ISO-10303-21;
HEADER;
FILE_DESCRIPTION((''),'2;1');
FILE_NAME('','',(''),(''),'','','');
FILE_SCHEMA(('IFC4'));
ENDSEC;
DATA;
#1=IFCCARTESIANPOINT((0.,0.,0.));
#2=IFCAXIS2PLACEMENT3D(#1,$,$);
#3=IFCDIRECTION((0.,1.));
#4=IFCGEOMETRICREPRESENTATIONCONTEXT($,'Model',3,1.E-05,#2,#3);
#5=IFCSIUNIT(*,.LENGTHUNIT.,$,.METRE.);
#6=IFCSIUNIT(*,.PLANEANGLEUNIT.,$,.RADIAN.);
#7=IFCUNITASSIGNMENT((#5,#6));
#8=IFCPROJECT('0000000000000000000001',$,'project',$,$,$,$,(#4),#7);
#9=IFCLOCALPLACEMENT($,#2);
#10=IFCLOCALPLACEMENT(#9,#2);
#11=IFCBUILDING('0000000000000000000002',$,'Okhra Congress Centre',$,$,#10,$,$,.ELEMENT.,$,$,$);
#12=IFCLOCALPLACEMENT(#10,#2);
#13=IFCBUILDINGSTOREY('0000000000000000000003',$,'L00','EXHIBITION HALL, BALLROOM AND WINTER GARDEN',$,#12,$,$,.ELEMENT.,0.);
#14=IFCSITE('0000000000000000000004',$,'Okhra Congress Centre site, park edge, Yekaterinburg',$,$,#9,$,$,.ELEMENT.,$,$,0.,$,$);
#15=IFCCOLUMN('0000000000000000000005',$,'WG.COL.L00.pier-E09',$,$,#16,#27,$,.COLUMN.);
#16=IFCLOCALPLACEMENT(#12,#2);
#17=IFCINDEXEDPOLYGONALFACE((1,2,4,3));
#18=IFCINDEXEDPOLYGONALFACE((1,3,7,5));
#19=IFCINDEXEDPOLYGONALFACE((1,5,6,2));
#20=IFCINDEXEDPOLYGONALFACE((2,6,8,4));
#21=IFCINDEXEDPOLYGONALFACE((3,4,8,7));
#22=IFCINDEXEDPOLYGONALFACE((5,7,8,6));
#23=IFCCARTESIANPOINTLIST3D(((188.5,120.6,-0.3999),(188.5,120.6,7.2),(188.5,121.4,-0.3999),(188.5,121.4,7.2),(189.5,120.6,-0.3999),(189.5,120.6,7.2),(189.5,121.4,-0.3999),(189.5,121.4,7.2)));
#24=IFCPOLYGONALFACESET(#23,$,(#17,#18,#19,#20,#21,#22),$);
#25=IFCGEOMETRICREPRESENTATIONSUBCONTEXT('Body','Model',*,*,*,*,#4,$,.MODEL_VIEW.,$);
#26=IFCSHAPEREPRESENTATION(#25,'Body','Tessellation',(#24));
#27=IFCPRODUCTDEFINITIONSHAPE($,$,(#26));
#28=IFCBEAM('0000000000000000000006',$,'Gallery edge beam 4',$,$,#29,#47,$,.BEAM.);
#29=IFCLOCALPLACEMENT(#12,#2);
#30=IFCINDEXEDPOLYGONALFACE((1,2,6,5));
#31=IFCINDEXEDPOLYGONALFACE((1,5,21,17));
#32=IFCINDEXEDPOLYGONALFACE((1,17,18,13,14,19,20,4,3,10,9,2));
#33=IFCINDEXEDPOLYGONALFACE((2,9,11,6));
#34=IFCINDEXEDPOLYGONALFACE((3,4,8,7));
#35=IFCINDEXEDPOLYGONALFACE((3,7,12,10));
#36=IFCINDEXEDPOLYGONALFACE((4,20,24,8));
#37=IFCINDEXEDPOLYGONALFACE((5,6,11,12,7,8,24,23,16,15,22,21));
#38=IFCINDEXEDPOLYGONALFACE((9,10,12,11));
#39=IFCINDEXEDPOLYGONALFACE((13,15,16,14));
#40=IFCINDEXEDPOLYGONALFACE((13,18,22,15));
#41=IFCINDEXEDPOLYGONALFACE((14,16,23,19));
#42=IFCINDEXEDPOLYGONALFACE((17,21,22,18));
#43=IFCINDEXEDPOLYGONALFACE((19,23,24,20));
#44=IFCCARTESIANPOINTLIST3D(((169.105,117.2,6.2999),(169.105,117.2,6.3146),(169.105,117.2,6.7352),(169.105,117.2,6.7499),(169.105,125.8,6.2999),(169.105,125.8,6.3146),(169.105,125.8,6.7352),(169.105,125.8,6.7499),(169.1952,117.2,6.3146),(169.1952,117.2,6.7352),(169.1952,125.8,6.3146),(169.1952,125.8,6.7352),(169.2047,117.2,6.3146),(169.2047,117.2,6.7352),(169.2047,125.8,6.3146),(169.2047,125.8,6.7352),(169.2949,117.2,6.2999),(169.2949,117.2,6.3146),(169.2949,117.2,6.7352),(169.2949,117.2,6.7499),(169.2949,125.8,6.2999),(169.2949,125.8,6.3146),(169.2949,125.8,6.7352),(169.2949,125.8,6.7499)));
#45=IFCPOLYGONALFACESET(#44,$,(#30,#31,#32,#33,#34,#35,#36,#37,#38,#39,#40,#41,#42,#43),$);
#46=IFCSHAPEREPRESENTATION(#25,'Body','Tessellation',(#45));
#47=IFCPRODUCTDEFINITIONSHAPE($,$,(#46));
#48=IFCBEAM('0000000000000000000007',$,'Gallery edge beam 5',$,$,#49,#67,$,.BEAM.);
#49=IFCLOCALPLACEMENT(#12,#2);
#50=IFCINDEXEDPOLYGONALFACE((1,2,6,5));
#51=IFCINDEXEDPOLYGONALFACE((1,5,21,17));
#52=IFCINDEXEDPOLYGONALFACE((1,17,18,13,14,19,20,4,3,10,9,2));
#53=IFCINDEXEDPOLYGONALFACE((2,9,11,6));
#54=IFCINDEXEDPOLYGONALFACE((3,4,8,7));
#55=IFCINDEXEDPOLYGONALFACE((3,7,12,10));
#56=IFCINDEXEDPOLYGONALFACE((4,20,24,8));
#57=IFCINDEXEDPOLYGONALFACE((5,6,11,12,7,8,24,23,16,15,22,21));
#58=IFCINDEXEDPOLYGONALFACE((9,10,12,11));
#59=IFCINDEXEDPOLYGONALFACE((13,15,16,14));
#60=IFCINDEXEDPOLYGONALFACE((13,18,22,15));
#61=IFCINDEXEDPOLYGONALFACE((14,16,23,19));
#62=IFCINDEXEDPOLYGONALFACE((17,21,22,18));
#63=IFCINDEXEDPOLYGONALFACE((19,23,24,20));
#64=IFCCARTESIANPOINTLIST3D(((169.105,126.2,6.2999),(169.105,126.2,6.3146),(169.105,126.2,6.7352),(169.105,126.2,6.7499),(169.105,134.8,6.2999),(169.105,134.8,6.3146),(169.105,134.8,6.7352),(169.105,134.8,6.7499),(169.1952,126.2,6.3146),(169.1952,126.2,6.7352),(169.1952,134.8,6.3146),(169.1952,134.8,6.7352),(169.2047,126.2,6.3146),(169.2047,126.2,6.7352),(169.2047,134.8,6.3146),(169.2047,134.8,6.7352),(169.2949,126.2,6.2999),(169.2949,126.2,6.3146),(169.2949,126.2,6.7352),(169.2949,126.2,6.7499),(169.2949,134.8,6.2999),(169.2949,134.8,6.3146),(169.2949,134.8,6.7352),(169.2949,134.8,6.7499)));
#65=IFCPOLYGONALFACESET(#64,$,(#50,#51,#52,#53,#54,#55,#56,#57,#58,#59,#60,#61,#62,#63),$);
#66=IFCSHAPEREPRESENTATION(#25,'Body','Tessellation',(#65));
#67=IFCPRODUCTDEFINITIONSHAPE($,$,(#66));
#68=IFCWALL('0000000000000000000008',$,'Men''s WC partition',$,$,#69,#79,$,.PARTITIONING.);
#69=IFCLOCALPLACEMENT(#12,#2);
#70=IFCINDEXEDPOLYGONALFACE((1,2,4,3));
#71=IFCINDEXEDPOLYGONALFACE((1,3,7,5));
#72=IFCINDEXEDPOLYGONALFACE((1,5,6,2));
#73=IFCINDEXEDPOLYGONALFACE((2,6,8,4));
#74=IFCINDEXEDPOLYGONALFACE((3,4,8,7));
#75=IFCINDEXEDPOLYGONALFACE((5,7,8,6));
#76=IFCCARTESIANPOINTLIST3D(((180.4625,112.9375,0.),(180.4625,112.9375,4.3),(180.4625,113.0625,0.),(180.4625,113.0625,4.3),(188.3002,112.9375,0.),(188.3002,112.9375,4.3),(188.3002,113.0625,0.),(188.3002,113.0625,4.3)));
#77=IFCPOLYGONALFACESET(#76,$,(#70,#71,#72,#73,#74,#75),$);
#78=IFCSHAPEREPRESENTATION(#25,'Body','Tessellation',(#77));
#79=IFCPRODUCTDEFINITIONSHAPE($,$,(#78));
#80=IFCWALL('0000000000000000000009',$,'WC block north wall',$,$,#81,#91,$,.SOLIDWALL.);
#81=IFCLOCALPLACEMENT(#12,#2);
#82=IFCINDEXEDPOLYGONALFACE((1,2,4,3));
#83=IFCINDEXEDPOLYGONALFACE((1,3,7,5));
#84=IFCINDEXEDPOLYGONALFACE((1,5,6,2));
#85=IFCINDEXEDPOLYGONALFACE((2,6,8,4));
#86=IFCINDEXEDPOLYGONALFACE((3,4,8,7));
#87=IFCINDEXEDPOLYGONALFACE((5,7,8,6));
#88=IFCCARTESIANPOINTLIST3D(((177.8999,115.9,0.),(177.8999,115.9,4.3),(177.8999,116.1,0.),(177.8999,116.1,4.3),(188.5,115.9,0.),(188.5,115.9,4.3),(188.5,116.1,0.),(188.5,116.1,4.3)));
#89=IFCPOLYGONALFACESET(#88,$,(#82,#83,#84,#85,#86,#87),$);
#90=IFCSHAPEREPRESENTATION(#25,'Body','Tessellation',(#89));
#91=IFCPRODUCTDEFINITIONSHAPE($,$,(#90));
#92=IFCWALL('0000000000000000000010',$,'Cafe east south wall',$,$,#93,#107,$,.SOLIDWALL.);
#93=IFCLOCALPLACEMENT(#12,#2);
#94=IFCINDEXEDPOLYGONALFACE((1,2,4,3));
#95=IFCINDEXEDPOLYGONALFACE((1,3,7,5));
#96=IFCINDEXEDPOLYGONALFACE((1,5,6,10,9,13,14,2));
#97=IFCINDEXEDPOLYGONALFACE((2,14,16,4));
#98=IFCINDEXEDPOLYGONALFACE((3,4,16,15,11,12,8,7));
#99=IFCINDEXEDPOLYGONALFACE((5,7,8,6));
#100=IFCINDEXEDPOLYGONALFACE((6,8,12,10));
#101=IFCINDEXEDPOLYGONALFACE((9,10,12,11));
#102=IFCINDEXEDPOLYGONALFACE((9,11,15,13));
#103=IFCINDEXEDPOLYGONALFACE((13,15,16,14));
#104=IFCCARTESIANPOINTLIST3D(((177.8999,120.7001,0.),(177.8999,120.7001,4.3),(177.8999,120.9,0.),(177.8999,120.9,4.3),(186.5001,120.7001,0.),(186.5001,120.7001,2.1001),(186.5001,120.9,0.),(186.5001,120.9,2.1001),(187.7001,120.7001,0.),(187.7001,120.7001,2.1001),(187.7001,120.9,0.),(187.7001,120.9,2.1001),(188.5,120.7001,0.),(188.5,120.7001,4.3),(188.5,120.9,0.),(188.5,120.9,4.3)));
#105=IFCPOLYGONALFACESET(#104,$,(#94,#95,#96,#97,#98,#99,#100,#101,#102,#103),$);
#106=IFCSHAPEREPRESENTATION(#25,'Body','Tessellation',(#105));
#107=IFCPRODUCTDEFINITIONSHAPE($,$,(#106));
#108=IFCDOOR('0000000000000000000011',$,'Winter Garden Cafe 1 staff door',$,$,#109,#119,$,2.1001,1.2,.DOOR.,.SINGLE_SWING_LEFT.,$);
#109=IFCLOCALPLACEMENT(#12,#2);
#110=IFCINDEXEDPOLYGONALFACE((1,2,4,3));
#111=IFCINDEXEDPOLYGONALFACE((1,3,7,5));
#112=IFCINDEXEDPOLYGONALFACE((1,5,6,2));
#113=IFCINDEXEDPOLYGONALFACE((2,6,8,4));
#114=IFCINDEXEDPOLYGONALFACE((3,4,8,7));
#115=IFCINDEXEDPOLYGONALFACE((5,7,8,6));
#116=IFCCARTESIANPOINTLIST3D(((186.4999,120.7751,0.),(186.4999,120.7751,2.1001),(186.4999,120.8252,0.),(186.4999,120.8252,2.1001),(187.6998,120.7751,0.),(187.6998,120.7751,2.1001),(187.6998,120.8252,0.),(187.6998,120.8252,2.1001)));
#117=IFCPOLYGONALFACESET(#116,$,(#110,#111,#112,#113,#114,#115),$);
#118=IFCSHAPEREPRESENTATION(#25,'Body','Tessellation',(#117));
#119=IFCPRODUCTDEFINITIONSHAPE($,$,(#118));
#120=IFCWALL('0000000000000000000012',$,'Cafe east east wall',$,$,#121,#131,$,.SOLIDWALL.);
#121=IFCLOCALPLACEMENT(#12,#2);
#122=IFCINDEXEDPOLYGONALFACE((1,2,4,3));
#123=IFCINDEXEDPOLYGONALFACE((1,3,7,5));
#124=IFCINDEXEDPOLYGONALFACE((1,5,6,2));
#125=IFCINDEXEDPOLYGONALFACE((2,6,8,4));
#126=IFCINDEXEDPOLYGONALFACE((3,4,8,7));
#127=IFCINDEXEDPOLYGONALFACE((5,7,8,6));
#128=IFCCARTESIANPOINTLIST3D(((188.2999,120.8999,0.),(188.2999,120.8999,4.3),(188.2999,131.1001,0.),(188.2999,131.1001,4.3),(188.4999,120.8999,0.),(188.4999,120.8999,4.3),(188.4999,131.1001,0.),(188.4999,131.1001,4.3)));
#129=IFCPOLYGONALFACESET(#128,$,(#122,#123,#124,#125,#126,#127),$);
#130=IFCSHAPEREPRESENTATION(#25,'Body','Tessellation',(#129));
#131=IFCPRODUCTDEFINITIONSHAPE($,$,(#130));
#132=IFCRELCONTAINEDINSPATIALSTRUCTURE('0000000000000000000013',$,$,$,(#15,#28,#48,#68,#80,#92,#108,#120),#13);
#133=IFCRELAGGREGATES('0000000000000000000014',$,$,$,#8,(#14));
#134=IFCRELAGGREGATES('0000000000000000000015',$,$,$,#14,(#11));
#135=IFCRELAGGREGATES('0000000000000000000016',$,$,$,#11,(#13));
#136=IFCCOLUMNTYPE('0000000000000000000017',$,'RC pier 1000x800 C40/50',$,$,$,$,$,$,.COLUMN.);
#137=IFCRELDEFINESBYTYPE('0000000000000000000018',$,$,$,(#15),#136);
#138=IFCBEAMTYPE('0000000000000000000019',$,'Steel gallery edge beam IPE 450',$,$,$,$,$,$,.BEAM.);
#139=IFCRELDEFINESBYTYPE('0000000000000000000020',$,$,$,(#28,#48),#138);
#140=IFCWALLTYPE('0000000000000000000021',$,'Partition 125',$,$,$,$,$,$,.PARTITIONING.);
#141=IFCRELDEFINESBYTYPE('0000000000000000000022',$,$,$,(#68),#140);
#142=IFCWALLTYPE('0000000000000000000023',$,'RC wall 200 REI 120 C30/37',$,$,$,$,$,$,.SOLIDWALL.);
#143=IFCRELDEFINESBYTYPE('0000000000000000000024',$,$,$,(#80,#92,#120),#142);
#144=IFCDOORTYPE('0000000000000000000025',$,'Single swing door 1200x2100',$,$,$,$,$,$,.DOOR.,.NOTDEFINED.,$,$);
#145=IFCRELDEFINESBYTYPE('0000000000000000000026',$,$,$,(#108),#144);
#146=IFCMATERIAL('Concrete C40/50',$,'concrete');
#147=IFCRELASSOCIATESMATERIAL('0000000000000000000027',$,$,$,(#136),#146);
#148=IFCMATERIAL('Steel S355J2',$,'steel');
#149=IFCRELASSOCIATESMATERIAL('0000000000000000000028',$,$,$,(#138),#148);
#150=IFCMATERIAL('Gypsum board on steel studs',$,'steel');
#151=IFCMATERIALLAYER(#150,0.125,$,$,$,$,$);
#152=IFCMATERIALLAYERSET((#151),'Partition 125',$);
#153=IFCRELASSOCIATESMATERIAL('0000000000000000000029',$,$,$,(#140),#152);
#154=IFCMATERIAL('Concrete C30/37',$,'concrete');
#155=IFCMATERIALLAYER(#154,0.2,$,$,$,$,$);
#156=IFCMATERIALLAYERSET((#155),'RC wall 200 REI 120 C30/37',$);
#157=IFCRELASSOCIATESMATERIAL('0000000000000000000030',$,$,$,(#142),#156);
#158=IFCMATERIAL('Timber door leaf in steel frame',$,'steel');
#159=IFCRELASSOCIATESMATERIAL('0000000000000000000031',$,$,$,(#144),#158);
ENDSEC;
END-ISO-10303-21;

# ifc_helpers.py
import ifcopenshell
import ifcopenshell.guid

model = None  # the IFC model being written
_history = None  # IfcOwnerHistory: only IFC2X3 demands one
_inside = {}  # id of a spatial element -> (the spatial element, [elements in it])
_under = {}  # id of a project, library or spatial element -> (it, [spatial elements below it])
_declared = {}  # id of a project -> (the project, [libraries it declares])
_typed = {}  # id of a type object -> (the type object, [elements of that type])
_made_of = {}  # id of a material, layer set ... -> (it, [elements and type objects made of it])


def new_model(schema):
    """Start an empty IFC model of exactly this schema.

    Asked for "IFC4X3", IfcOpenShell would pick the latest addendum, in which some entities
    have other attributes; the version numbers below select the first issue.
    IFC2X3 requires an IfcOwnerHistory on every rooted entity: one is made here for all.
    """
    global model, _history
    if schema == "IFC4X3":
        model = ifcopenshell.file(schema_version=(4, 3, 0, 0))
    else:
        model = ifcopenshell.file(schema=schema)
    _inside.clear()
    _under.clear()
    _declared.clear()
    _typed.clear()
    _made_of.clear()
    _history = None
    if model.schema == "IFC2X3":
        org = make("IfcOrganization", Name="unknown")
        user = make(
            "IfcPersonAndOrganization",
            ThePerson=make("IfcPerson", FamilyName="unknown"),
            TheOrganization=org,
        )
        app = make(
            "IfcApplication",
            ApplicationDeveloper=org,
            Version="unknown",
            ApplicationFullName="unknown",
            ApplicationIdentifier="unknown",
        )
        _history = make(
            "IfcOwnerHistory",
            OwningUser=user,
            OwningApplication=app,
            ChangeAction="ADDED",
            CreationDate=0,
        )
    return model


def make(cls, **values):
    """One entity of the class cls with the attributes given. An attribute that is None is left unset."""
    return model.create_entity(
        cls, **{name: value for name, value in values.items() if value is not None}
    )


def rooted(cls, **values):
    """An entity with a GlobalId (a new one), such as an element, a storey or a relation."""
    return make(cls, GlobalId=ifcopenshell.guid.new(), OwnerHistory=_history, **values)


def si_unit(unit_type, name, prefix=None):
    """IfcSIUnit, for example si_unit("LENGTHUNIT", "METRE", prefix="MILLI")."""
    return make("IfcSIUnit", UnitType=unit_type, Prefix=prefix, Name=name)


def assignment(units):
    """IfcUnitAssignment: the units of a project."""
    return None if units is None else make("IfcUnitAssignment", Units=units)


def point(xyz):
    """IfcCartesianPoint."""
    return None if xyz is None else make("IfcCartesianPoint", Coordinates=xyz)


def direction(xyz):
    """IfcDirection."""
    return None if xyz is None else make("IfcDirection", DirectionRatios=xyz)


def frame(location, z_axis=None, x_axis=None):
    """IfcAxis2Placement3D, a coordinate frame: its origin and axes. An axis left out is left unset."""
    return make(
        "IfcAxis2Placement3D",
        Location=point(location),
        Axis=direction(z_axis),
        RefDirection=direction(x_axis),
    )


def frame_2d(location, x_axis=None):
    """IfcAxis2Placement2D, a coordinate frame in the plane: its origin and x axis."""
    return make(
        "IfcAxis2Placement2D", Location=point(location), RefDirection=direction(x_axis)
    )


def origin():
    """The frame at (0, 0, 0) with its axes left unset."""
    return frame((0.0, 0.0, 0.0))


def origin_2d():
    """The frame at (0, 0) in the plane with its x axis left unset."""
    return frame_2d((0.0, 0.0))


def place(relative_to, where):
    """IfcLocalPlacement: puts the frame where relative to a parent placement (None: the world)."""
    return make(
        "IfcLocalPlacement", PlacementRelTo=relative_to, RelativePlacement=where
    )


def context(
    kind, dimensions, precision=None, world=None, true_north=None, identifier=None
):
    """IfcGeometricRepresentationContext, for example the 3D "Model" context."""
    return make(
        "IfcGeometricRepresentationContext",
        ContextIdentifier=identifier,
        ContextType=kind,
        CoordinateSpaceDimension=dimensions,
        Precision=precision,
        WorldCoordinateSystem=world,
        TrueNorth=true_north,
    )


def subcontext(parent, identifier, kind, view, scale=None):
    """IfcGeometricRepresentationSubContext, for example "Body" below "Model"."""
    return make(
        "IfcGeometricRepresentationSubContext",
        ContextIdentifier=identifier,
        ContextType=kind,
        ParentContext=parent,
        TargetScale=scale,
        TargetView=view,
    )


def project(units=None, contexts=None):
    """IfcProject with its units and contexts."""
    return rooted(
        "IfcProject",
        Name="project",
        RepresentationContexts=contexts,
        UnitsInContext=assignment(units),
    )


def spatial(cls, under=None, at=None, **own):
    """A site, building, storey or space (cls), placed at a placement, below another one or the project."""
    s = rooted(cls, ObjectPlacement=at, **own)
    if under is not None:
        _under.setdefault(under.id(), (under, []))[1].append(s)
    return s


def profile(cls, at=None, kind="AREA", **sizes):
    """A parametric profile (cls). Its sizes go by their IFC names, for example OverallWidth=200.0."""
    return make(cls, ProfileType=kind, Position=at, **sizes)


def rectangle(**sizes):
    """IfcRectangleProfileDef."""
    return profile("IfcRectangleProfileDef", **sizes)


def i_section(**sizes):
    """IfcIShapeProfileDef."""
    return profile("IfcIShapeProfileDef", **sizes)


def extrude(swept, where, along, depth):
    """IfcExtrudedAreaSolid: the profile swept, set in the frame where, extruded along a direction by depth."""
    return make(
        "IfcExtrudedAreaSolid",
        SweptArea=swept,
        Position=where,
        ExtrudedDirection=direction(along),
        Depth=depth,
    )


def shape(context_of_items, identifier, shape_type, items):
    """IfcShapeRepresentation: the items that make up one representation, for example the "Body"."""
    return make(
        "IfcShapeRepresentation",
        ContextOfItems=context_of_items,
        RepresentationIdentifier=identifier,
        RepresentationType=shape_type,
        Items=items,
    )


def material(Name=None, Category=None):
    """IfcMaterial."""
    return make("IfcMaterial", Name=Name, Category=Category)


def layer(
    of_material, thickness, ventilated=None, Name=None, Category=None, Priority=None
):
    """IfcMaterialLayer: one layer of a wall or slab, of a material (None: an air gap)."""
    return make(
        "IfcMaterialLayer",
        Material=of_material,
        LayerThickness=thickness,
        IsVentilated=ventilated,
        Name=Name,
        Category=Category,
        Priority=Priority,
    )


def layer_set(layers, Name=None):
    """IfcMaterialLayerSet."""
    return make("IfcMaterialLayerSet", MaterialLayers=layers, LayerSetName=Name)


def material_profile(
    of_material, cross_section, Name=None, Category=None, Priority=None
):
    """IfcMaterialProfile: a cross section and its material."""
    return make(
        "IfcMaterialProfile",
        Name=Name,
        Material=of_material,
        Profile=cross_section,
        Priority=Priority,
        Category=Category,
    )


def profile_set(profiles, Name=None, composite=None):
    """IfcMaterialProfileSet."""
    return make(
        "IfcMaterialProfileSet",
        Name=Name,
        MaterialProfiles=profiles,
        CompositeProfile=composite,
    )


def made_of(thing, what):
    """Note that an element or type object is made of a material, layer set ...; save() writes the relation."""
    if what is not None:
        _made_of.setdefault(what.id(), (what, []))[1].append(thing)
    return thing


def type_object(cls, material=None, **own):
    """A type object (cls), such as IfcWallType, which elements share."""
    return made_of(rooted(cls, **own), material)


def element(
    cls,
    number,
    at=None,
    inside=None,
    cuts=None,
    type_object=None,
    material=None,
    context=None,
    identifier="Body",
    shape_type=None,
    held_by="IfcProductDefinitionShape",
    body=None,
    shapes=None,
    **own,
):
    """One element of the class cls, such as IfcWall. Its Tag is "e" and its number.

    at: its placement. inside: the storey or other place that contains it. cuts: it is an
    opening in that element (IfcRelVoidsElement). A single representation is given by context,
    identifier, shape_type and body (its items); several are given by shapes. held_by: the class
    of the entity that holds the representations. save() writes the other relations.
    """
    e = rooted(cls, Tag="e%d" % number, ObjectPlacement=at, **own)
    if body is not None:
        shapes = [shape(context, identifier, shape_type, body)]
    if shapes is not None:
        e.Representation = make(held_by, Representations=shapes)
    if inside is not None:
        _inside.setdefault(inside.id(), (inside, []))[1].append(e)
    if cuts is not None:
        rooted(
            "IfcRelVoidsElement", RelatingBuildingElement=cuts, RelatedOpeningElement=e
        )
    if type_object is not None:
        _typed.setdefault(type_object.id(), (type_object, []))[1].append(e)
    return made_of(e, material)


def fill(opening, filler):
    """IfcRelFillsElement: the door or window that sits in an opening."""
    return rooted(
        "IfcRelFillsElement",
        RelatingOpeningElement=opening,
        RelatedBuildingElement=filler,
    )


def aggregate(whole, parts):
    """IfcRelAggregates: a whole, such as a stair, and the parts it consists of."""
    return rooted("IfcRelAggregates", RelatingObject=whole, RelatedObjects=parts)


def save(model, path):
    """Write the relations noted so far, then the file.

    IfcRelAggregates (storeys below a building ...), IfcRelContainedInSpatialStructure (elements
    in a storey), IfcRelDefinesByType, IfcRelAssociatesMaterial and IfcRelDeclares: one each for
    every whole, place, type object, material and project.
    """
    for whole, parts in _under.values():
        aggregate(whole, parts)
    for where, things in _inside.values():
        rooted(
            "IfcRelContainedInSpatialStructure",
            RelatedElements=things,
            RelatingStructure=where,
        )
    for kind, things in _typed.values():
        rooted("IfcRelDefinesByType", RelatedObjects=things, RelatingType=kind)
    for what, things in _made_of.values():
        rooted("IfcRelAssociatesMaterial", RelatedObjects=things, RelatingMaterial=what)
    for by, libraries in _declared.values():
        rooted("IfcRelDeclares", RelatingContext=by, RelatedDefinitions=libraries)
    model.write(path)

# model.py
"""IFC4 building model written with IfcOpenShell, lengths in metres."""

from ifc_helpers import new_model, si_unit, direction, frame, frame_2d, origin, origin_2d, place, context, subcontext, project, spatial, rectangle, i_section, extrude, material, layer, layer_set, material_profile, profile_set, type_object, element, fill, save


model = new_model("IFC4")

# Units and contexts
model_context = context("Model", 3, precision=1e-05, world=origin(), true_north=direction((0.0, 1.0)))
body_context = subcontext(model_context, "Body", "Model", "MODEL_VIEW")
ifc_project = project(units=[si_unit("LENGTHUNIT", "METRE"), si_unit("PLANEANGLEUNIT", "RADIAN")], contexts=[model_context])

# Site, building, storey
site_placement = place(None, origin())
site = spatial("IfcSite", under=ifc_project, at=site_placement, Name="Okhra Congress Centre site, park edge, Yekaterinburg", CompositionType="ELEMENT", RefElevation=0.0)
building_placement = place(site_placement, origin())
building = spatial("IfcBuilding", under=site, at=building_placement, Name="Okhra Congress Centre", CompositionType="ELEMENT")
storey_placement = place(building_placement, origin())
storey = spatial("IfcBuildingStorey", under=building, at=storey_placement, Name="L00", Description="EXHIBITION HALL, BALLROOM AND WINTER GARDEN", CompositionType="ELEMENT", Elevation=0.0)

# Shared definitions
ifc_material_1 = material(Name="Concrete C30/37", Category="concrete")

# Column
ifc_material_2 = material(Name="Concrete C40/50", Category="concrete")
ifc_material_profile_1 = material_profile(ifc_material_2, rectangle(XDim=1.0, YDim=0.8, at=origin_2d()), Name="RC 1000x800")
ifc_profile_set_1 = profile_set([ifc_material_profile_1], Name="Concrete C40/50")
column_type_1 = type_object("IfcColumnType", Name="RC pier 1000x800 C40/50", PredefinedType="COLUMN", material=ifc_profile_set_1)
for number, where, z_axis, x_axis, name in (
    (1, (189.0, 121.0, -0.3999), (0.0, 0.0, 1.0), (1.0, 0.0, 0.0), "WG.COL.L00.pier-E09"),
):
    element("IfcColumn", number, at=place(storey_placement, frame(where, z_axis=z_axis, x_axis=x_axis)), inside=storey, type_object=column_type_1, Name=name, PredefinedType="COLUMN", context=body_context, shape_type="SweptSolid", body=[
        extrude(rectangle(XDim=1.0, YDim=0.8, at=origin_2d()), origin(), (0.0, 0.0, 1.0), 7.5999),
    ])

# Beams
ifc_material_3 = material(Name="Steel S355J2", Category="steel")
ifc_material_profile_2 = material_profile(ifc_material_3, i_section(OverallWidth=0.1899, OverallDepth=0.45, WebThickness=0.0095, FlangeThickness=0.0146, at=origin_2d()), Name="IPE 450")
ifc_profile_set_2 = profile_set([ifc_material_profile_2], Name="Steel S355J2")
beam_type = type_object("IfcBeamType", Name="Steel gallery edge beam IPE 450", PredefinedType="BEAM", material=ifc_profile_set_2)
for number, where, z_axis, x_axis, name in (
    (2, (169.2, 117.2, 6.5249), (0.0, 1.0, 0.0), (-1.0, 0.0, 0.0), "Gallery edge beam 4"),
    (3, (169.2, 126.2, 6.5249), (0.0, 1.0, 0.0), (-1.0, 0.0, 0.0), "Gallery edge beam 5"),
):
    element("IfcBeam", number, at=place(storey_placement, frame(where, z_axis=z_axis, x_axis=x_axis)), inside=storey, type_object=beam_type, Name=name, PredefinedType="BEAM", context=body_context, shape_type="SweptSolid", body=[
        extrude(i_section(OverallWidth=0.1899, OverallDepth=0.45, WebThickness=0.0095, FlangeThickness=0.0146, at=origin_2d()), origin(), (0.0, 0.0, 1.0), 8.6001),
    ])

# Walls
ifc_material_4 = material(Name="Gypsum board on steel studs", Category="steel")
ifc_layer_1 = layer(ifc_material_4, 0.125)
ifc_layer_set_1 = layer_set([ifc_layer_1], Name="Partition 125")
wall_type_1 = type_object("IfcWallType", Name="Partition 125", PredefinedType="PARTITIONING", material=ifc_layer_set_1)
wall_1_placement = place(storey_placement, frame((180.4624, 113.0, 0.0), z_axis=(0.0, 0.0, 1.0), x_axis=(1.0, 0.0, 0.0)))
element("IfcWall", 4, at=wall_1_placement, inside=storey, type_object=wall_type_1, Name="Men's WC partition", PredefinedType="PARTITIONING", context=body_context, shape_type="SweptSolid", body=[
    extrude(rectangle(XDim=7.8376, YDim=0.125, at=frame_2d((3.9189, 0.0))), origin(), (0.0, 0.0, 1.0), 4.3),
])
ifc_layer_2 = layer(ifc_material_1, 0.2)
ifc_layer_set_2 = layer_set([ifc_layer_2], Name="RC wall 200 REI 120 C30/37")
wall_type_2 = type_object("IfcWallType", Name="RC wall 200 REI 120 C30/37", PredefinedType="SOLIDWALL", material=ifc_layer_set_2)
wall_2_placement = place(storey_placement, frame((177.8999, 116.0, 0.0), z_axis=(0.0, 0.0, 1.0), x_axis=(1.0, 0.0, 0.0)))
element("IfcWall", 5, at=wall_2_placement, inside=storey, type_object=wall_type_2, Name="WC block north wall", PredefinedType="SOLIDWALL", context=body_context, shape_type="SweptSolid", body=[
    extrude(rectangle(XDim=10.6001, YDim=0.2, at=frame_2d((5.3, 0.0))), origin(), (0.0, 0.0, 1.0), 4.3),
])

# Wall, opening, door
wall_3_placement = place(storey_placement, frame((177.8999, 120.8, 0.0), z_axis=(0.0, 0.0, 1.0), x_axis=(1.0, 0.0, 0.0)))
wall_3 = element("IfcWall", 6, at=wall_3_placement, inside=storey, type_object=wall_type_2, Name="Cafe east south wall", PredefinedType="SOLIDWALL", context=body_context, shape_type="SweptSolid", body=[
    extrude(rectangle(XDim=10.6001, YDim=0.2, at=frame_2d((5.3, 0.0))), origin(), (0.0, 0.0, 1.0), 4.3),
])
opening_1_placement = place(wall_3_placement, frame((8.6001, 0.0, 0.0)))
opening_1 = element("IfcOpeningElement", 7, at=opening_1_placement, cuts=wall_3, PredefinedType="OPENING", context=body_context, shape_type="SweptSolid", body=[
    extrude(rectangle(XDim=1.2, YDim=2.1001, at=frame_2d((0.6001, 1.05))), frame((0.0, 0.1099, 0.0), z_axis=(0.0, -1.0, 0.0), x_axis=(1.0, 0.0, 0.0)), (0.0, 0.0, 1.0), 0.22),
])
ifc_material_5 = material(Name="Timber door leaf in steel frame", Category="steel")
door_type_1 = type_object("IfcDoorType", Name="Single swing door 1200x2100", OperationType="NOTDEFINED", PredefinedType="DOOR", material=ifc_material_5)
door_1_placement = place(opening_1_placement, frame((1.2, 0.0, 0.0), z_axis=(0.0, 0.0, 1.0), x_axis=(-1.0, 0.0, 0.0)))
door_1 = element("IfcDoor", 8, at=door_1_placement, inside=storey, type_object=door_type_1, Name="Winter Garden Cafe 1 staff door", OperationType="SINGLE_SWING_LEFT", OverallHeight=2.1001, OverallWidth=1.2, PredefinedType="DOOR", context=body_context, shape_type="SweptSolid", body=[
    extrude(rectangle(XDim=1.2, YDim=2.1001, at=frame_2d((0.6001, 1.05))), frame((0.0, 0.0249, 0.0), z_axis=(0.0, -1.0, 0.0), x_axis=(1.0, 0.0, 0.0)), (0.0, 0.0, 1.0), 0.05),
])
fill(opening_1, door_1)

# Wall
wall_4_placement = place(storey_placement, frame((188.3999, 120.8999, 0.0), z_axis=(0.0, 0.0, 1.0), x_axis=(0.0, 1.0, 0.0)))
element("IfcWall", 9, at=wall_4_placement, inside=storey, type_object=wall_type_2, Name="Cafe east east wall", PredefinedType="SOLIDWALL", context=body_context, shape_type="SweptSolid", body=[
    extrude(rectangle(XDim=10.2002, YDim=0.2, at=frame_2d((5.1001, 0.0))), origin(), (0.0, 0.0, 1.0), 4.3),
])

save(model, "model.ifc")
